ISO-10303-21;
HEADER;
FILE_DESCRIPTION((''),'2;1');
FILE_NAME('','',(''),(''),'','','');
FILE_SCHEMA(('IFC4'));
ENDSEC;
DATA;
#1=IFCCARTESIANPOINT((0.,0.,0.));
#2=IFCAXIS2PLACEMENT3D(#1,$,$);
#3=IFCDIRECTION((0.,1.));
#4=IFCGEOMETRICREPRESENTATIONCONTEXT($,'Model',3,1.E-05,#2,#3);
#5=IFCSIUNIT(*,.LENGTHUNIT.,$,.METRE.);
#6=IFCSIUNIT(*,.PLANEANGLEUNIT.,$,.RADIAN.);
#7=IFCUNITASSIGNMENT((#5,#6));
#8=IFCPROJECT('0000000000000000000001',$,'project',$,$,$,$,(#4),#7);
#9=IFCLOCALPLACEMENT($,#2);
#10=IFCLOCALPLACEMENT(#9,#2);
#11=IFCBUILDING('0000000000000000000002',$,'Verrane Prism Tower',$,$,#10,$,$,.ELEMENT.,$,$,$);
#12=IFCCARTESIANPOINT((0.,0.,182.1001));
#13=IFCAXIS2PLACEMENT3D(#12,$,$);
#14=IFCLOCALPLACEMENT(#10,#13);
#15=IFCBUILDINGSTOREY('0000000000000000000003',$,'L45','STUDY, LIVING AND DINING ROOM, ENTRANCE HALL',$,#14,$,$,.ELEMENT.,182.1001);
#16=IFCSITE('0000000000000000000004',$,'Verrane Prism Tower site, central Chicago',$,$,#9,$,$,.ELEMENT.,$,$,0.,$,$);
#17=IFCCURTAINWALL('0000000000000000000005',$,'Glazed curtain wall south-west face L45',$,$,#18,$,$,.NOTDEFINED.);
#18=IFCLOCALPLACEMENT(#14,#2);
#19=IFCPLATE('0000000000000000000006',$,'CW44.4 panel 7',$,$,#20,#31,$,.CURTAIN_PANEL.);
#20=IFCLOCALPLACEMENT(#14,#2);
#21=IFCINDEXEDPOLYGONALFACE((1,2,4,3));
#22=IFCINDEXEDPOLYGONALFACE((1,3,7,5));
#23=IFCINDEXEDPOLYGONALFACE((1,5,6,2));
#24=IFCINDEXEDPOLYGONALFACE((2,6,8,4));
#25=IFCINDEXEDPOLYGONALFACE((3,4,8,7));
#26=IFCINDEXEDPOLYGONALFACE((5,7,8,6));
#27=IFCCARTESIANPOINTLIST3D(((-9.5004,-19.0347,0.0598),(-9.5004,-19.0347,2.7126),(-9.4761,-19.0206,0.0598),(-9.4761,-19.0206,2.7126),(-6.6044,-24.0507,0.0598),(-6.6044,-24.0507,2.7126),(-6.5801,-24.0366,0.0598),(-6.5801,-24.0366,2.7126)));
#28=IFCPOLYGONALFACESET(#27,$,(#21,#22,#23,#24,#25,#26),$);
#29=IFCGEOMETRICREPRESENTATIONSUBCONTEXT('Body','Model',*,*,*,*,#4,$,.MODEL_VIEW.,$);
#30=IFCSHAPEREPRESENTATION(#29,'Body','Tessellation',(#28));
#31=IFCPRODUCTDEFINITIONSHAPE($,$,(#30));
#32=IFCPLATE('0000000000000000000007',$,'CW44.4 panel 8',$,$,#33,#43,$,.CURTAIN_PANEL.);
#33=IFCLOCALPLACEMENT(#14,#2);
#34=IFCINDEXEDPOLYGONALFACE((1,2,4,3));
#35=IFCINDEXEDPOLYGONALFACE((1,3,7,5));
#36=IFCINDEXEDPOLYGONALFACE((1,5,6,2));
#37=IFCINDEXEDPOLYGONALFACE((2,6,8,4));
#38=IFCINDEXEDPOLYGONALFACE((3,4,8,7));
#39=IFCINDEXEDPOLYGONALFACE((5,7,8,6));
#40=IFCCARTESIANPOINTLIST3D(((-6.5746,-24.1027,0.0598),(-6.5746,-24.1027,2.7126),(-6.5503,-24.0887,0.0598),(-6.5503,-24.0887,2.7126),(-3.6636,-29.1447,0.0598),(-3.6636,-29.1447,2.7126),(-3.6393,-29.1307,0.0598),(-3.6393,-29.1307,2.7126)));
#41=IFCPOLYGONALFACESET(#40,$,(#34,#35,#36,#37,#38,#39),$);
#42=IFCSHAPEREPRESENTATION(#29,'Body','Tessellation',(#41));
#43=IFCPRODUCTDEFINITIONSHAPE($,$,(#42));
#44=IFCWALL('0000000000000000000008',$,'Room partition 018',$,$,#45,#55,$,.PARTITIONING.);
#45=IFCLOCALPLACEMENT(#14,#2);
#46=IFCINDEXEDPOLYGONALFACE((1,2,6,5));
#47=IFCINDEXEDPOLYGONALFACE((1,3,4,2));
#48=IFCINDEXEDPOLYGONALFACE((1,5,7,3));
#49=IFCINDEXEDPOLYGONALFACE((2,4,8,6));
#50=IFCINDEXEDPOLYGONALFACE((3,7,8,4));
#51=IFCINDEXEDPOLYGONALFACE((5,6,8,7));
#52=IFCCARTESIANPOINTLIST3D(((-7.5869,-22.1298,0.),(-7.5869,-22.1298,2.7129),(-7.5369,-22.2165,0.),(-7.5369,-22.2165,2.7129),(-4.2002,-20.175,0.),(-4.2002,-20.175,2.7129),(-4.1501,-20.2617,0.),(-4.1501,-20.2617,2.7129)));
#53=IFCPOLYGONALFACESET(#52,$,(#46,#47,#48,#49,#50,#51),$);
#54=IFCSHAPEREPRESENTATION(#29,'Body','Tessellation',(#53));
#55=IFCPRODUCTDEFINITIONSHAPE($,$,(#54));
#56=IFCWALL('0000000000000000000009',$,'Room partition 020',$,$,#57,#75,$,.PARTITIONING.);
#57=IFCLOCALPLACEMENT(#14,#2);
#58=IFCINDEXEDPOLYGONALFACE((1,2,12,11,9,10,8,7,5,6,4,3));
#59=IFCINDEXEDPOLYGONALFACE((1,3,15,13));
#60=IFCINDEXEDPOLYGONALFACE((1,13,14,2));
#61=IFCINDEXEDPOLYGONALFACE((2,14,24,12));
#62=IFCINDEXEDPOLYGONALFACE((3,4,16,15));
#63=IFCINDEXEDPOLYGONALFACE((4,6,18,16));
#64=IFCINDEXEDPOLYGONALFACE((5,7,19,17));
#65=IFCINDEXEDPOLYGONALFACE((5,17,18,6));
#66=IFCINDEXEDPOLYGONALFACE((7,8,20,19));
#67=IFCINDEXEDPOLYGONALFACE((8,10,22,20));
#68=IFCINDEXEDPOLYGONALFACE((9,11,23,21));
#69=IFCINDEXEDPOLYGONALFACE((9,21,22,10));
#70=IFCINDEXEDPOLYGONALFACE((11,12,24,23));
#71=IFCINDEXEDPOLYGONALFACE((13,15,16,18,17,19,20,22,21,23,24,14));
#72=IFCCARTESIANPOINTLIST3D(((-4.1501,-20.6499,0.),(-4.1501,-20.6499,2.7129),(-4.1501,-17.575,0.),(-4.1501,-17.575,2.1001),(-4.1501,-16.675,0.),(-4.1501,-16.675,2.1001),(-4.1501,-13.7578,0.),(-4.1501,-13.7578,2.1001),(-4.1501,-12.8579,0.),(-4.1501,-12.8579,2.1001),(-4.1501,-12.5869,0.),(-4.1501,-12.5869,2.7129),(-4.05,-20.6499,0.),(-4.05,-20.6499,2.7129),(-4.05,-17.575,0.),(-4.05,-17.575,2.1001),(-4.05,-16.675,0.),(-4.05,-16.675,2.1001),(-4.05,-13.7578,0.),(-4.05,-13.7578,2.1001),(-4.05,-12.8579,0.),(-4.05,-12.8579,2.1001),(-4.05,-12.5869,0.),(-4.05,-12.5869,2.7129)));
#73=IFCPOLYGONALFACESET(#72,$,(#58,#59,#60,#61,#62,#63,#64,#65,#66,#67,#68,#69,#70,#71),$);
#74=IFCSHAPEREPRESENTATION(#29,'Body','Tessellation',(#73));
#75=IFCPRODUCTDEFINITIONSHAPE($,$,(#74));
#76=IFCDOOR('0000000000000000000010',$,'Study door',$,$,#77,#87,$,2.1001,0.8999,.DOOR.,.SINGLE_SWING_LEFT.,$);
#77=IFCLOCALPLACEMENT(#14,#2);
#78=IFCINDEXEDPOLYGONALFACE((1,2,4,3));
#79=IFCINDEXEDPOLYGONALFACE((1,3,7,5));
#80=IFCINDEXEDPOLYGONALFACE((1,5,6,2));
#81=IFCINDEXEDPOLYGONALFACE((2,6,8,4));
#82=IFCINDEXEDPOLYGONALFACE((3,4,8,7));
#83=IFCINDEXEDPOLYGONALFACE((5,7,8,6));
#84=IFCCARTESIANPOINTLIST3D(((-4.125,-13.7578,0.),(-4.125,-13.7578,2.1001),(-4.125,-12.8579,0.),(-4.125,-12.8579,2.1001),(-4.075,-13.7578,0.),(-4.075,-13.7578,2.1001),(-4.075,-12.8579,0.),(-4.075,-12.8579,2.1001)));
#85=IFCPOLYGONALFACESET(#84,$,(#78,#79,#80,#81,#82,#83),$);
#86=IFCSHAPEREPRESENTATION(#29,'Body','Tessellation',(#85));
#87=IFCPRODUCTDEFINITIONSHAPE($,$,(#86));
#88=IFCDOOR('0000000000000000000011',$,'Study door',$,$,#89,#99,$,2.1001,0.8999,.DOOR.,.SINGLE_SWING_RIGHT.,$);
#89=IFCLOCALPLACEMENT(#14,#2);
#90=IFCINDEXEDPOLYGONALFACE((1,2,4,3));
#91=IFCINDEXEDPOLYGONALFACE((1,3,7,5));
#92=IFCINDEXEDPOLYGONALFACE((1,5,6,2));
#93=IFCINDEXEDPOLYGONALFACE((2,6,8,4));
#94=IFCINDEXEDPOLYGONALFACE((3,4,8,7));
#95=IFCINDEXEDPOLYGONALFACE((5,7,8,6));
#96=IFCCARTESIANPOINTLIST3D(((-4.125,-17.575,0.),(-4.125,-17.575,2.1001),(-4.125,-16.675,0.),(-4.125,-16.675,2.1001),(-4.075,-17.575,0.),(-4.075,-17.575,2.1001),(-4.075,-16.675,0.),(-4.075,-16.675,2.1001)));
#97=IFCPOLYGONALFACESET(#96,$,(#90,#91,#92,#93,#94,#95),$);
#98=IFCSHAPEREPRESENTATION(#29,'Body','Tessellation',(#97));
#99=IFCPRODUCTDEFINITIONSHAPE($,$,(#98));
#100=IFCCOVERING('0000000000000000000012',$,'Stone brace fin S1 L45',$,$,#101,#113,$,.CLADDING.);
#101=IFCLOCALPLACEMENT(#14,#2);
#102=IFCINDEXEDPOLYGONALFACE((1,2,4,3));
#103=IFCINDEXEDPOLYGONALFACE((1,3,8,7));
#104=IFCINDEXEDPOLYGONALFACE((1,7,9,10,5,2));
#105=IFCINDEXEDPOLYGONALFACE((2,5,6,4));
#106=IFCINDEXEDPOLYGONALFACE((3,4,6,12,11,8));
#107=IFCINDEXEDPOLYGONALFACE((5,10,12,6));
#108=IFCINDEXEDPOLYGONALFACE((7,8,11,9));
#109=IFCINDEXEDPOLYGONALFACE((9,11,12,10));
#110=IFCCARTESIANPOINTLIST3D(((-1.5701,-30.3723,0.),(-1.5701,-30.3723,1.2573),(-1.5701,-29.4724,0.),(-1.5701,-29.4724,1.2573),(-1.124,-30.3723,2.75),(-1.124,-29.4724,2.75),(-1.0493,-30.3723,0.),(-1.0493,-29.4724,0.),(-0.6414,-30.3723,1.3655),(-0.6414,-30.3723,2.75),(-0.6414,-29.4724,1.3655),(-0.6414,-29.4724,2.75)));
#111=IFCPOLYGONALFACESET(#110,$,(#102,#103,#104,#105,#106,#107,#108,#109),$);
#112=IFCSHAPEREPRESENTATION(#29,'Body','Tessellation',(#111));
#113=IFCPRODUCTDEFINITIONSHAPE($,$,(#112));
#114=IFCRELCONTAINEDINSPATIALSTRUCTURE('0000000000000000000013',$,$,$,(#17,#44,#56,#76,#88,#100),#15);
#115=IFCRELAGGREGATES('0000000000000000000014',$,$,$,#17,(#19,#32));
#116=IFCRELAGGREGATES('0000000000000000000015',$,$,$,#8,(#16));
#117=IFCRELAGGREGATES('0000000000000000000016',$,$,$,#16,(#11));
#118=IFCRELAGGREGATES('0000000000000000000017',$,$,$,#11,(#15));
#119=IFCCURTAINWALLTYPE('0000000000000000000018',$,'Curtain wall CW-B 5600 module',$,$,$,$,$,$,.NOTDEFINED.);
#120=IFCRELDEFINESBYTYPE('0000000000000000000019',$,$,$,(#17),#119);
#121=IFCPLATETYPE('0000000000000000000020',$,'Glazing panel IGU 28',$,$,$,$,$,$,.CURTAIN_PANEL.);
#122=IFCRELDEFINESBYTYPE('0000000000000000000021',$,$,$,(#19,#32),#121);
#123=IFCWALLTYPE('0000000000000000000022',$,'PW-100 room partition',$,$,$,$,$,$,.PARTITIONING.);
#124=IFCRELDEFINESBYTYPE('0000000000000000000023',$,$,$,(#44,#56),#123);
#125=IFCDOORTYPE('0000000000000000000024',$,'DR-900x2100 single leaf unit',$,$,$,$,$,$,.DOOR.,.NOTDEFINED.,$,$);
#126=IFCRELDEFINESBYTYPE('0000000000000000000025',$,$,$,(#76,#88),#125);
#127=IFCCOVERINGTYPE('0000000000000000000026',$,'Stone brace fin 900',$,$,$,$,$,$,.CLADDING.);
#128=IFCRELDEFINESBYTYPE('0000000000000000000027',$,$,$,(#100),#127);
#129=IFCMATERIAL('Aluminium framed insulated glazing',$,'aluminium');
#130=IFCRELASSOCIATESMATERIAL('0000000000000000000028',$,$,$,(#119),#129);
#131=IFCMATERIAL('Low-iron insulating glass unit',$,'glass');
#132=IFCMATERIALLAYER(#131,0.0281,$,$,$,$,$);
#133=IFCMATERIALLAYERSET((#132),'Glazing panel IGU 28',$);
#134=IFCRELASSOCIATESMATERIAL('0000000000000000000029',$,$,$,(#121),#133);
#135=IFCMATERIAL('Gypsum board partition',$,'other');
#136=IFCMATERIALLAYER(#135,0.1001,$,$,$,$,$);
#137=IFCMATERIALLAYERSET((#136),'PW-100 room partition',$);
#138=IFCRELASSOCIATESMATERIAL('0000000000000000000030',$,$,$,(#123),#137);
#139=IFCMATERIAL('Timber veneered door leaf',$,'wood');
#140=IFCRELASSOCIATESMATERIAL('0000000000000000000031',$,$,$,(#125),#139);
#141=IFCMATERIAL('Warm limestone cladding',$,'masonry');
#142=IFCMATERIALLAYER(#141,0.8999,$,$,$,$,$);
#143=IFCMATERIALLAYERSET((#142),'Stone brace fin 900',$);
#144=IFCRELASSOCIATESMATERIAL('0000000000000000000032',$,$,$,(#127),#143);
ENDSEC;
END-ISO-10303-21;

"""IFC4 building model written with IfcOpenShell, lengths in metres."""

from ifc_helpers import new_model, si_unit, direction, frame, frame_2d, origin, origin_2d, place, context, subcontext, project, spatial, polyline, rectangle, outline, extrude, material, layer, layer_set, type_object, element, fill, aggregate, save


model = new_model("IFC4")

# Units and contexts
model_context = context("Model", 3, precision=1e-05, world=origin(), true_north=direction((0.0, 1.0)))
body_context = subcontext(model_context, "Body", "Model", "MODEL_VIEW")
ifc_project = project(units=[si_unit("LENGTHUNIT", "METRE"), si_unit("PLANEANGLEUNIT", "RADIAN")], contexts=[model_context])

# Site, building, storey
site_placement = place(None, origin())
site = spatial("IfcSite", under=ifc_project, at=site_placement, Name="Verrane Prism Tower site, central Chicago", CompositionType="ELEMENT", RefElevation=0.0)
building_placement = place(site_placement, origin())
building = spatial("IfcBuilding", under=site, at=building_placement, Name="Verrane Prism Tower", CompositionType="ELEMENT")
storey_placement = place(building_placement, frame((0.0, 0.0, 182.1001)))
storey = spatial("IfcBuildingStorey", under=building, at=storey_placement, Name="L45", Description="STUDY, LIVING AND DINING ROOM, ENTRANCE HALL", CompositionType="ELEMENT", Elevation=182.1001)

# Curtain wall
ifc_material_1 = material(Name="Aluminium framed insulated glazing", Category="aluminium")
curtain_wall_type_1 = type_object("IfcCurtainWallType", Name="Curtain wall CW-B 5600 module", PredefinedType="NOTDEFINED", material=ifc_material_1)
curtain_wall_1_placement = place(storey_placement, origin())
curtain_wall_1 = element("IfcCurtainWall", 1, at=curtain_wall_1_placement, inside=storey, type_object=curtain_wall_type_1, Name="Glazed curtain wall south-west face L45", PredefinedType="NOTDEFINED")

# Plates
ifc_material_2 = material(Name="Low-iron insulating glass unit", Category="glass")
ifc_layer_1 = layer(ifc_material_2, 0.0281)
ifc_layer_set_1 = layer_set([ifc_layer_1], Name="Glazing panel IGU 28")
plate_type = type_object("IfcPlateType", Name="Glazing panel IGU 28", PredefinedType="CURTAIN_PANEL", material=ifc_layer_set_1)
plate_1_placement = place(storey_placement, frame((-8.0403, -21.5356, 0.0598), z_axis=(0.0, 0.0, 1.0), x_axis=(0.499999, -0.866026, 0.0)))
plate_1 = element("IfcPlate", 2, at=plate_1_placement, type_object=plate_type, Name="CW44.4 panel 7", PredefinedType="CURTAIN_PANEL", context=body_context, shape_type="SweptSolid", body=[
    extrude(rectangle(XDim=5.792, YDim=0.0281, at=origin_2d()), origin(), (0.0, 0.0, 1.0), 2.6528),
])
plate_2_placement = place(storey_placement, frame((-5.1069, -26.6167, 0.0598), z_axis=(0.0, 0.0, 1.0), x_axis=(0.499999, -0.866026, 0.0)))
plate_2 = element("IfcPlate", 3, at=plate_2_placement, type_object=plate_type, Name="CW44.4 panel 8", PredefinedType="CURTAIN_PANEL", context=body_context, shape_type="SweptSolid", body=[
    extrude(rectangle(XDim=5.822, YDim=0.0281, at=origin_2d()), origin(), (0.0, 0.0, 1.0), 2.6528),
])
aggregate(curtain_wall_1, [plate_1, plate_2])

# Wall
ifc_material_3 = material(Name="Gypsum board partition", Category="other")
ifc_layer_2 = layer(ifc_material_3, 0.1001)
ifc_layer_set_2 = layer_set([ifc_layer_2], Name="PW-100 room partition")
wall_type = type_object("IfcWallType", Name="PW-100 room partition", PredefinedType="PARTITIONING", material=ifc_layer_set_2)
wall_1_placement = place(storey_placement, frame((-7.5618, -22.1731, 0.0), z_axis=(0.0, 0.0, 1.0), x_axis=(0.86608, 0.499906, 0.0)))
element("IfcWall", 4, at=wall_1_placement, inside=storey, type_object=wall_type, Name="Room partition 018", PredefinedType="PARTITIONING", context=body_context, shape_type="SweptSolid", body=[
    extrude(rectangle(XDim=3.9104, YDim=0.1001, at=frame_2d((1.9551, 0.0))), origin(), (0.0, 0.0, 1.0), 2.7129),
])

# Wall, openings, doors
wall_2_placement = place(storey_placement, frame((-4.1001, -20.6499, 0.0), z_axis=(0.0, 0.0, 1.0), x_axis=(0.0, 1.0, 0.0)))
wall_2 = element("IfcWall", 5, at=wall_2_placement, inside=storey, type_object=wall_type, Name="Room partition 020", PredefinedType="PARTITIONING", context=body_context, shape_type="SweptSolid", body=[
    extrude(rectangle(XDim=8.063, YDim=0.1001, at=frame_2d((4.0315, 0.0))), origin(), (0.0, 0.0, 1.0), 2.7129),
])
opening_1_placement = place(wall_2_placement, frame((6.8921, 0.0, 0.0)))
opening_1 = element("IfcOpeningElement", 6, at=opening_1_placement, cuts=wall_2, PredefinedType="OPENING", context=body_context, shape_type="SweptSolid", body=[
    extrude(rectangle(XDim=0.8999, YDim=2.1001, at=frame_2d((0.45, 1.05))), frame((0.0, 0.0601, 0.0), z_axis=(0.0, -1.0, 0.0), x_axis=(1.0, 0.0, 0.0)), (0.0, 0.0, 1.0), 0.1201),
])
opening_2_placement = place(wall_2_placement, frame((3.075, 0.0, 0.0)))
opening_2 = element("IfcOpeningElement", 7, at=opening_2_placement, cuts=wall_2, PredefinedType="OPENING", context=body_context, shape_type="SweptSolid", body=[
    extrude(rectangle(XDim=0.8999, YDim=2.1001, at=frame_2d((0.45, 1.05))), frame((0.0, 0.0601, 0.0), z_axis=(0.0, -1.0, 0.0), x_axis=(1.0, 0.0, 0.0)), (0.0, 0.0, 1.0), 0.1201),
])
ifc_material_4 = material(Name="Timber veneered door leaf", Category="wood")
door_type = type_object("IfcDoorType", Name="DR-900x2100 single leaf unit", OperationType="NOTDEFINED", PredefinedType="DOOR", material=ifc_material_4)
door_1_placement = place(opening_1_placement, origin())
door_1 = element("IfcDoor", 8, at=door_1_placement, inside=storey, type_object=door_type, Name="Study door", OperationType="SINGLE_SWING_LEFT", OverallHeight=2.1001, OverallWidth=0.8999, PredefinedType="DOOR", context=body_context, shape_type="SweptSolid", body=[
    extrude(rectangle(XDim=0.8999, YDim=2.1001, at=frame_2d((0.45, 1.05))), frame((0.0, 0.0249, 0.0), z_axis=(0.0, -1.0, 0.0), x_axis=(1.0, 0.0, 0.0)), (0.0, 0.0, 1.0), 0.05),
])
fill(opening_1, door_1)
door_2_placement = place(opening_2_placement, origin())
door_2 = element("IfcDoor", 9, at=door_2_placement, inside=storey, type_object=door_type, Name="Study door", OperationType="SINGLE_SWING_RIGHT", OverallHeight=2.1001, OverallWidth=0.8999, PredefinedType="DOOR", context=body_context, shape_type="SweptSolid", body=[
    extrude(rectangle(XDim=0.8999, YDim=2.1001, at=frame_2d((0.45, 1.05))), frame((0.0, 0.0249, 0.0), z_axis=(0.0, -1.0, 0.0), x_axis=(1.0, 0.0, 0.0)), (0.0, 0.0, 1.0), 0.05),
])
fill(opening_2, door_2)

# Covering
ifc_material_5 = material(Name="Warm limestone cladding", Category="masonry")
ifc_layer_3 = layer(ifc_material_5, 0.8999)
ifc_layer_set_3 = layer_set([ifc_layer_3], Name="Stone brace fin 900")
covering_type = type_object("IfcCoveringType", Name="Stone brace fin 900", PredefinedType="CLADDING", material=ifc_layer_set_3)
covering_placement = place(storey_placement, frame((-1.5701, -29.9224, 0.0), z_axis=(0.0, 0.0, 1.0), x_axis=(1.0, 0.0, 0.0)))
element("IfcCovering", 10, at=covering_placement, inside=storey, type_object=covering_type, Name="Stone brace fin S1 L45", PredefinedType="CLADDING", context=body_context, shape_type="SweptSolid", body=[
    extrude(outline(polyline([(0.9287, 2.75), (0.446, 2.75), (0.0, 1.2573), (0.0, 0.0), (0.5208, 0.0), (0.9287, 1.3655), (0.9287, 2.75)])), frame((0.0, 0.45, 0.0), z_axis=(0.0, -1.0, 0.0), x_axis=(1.0, 0.0, 0.0)), (0.0, 0.0, 1.0), 0.8999),
])

save(model, "model.ifc")
